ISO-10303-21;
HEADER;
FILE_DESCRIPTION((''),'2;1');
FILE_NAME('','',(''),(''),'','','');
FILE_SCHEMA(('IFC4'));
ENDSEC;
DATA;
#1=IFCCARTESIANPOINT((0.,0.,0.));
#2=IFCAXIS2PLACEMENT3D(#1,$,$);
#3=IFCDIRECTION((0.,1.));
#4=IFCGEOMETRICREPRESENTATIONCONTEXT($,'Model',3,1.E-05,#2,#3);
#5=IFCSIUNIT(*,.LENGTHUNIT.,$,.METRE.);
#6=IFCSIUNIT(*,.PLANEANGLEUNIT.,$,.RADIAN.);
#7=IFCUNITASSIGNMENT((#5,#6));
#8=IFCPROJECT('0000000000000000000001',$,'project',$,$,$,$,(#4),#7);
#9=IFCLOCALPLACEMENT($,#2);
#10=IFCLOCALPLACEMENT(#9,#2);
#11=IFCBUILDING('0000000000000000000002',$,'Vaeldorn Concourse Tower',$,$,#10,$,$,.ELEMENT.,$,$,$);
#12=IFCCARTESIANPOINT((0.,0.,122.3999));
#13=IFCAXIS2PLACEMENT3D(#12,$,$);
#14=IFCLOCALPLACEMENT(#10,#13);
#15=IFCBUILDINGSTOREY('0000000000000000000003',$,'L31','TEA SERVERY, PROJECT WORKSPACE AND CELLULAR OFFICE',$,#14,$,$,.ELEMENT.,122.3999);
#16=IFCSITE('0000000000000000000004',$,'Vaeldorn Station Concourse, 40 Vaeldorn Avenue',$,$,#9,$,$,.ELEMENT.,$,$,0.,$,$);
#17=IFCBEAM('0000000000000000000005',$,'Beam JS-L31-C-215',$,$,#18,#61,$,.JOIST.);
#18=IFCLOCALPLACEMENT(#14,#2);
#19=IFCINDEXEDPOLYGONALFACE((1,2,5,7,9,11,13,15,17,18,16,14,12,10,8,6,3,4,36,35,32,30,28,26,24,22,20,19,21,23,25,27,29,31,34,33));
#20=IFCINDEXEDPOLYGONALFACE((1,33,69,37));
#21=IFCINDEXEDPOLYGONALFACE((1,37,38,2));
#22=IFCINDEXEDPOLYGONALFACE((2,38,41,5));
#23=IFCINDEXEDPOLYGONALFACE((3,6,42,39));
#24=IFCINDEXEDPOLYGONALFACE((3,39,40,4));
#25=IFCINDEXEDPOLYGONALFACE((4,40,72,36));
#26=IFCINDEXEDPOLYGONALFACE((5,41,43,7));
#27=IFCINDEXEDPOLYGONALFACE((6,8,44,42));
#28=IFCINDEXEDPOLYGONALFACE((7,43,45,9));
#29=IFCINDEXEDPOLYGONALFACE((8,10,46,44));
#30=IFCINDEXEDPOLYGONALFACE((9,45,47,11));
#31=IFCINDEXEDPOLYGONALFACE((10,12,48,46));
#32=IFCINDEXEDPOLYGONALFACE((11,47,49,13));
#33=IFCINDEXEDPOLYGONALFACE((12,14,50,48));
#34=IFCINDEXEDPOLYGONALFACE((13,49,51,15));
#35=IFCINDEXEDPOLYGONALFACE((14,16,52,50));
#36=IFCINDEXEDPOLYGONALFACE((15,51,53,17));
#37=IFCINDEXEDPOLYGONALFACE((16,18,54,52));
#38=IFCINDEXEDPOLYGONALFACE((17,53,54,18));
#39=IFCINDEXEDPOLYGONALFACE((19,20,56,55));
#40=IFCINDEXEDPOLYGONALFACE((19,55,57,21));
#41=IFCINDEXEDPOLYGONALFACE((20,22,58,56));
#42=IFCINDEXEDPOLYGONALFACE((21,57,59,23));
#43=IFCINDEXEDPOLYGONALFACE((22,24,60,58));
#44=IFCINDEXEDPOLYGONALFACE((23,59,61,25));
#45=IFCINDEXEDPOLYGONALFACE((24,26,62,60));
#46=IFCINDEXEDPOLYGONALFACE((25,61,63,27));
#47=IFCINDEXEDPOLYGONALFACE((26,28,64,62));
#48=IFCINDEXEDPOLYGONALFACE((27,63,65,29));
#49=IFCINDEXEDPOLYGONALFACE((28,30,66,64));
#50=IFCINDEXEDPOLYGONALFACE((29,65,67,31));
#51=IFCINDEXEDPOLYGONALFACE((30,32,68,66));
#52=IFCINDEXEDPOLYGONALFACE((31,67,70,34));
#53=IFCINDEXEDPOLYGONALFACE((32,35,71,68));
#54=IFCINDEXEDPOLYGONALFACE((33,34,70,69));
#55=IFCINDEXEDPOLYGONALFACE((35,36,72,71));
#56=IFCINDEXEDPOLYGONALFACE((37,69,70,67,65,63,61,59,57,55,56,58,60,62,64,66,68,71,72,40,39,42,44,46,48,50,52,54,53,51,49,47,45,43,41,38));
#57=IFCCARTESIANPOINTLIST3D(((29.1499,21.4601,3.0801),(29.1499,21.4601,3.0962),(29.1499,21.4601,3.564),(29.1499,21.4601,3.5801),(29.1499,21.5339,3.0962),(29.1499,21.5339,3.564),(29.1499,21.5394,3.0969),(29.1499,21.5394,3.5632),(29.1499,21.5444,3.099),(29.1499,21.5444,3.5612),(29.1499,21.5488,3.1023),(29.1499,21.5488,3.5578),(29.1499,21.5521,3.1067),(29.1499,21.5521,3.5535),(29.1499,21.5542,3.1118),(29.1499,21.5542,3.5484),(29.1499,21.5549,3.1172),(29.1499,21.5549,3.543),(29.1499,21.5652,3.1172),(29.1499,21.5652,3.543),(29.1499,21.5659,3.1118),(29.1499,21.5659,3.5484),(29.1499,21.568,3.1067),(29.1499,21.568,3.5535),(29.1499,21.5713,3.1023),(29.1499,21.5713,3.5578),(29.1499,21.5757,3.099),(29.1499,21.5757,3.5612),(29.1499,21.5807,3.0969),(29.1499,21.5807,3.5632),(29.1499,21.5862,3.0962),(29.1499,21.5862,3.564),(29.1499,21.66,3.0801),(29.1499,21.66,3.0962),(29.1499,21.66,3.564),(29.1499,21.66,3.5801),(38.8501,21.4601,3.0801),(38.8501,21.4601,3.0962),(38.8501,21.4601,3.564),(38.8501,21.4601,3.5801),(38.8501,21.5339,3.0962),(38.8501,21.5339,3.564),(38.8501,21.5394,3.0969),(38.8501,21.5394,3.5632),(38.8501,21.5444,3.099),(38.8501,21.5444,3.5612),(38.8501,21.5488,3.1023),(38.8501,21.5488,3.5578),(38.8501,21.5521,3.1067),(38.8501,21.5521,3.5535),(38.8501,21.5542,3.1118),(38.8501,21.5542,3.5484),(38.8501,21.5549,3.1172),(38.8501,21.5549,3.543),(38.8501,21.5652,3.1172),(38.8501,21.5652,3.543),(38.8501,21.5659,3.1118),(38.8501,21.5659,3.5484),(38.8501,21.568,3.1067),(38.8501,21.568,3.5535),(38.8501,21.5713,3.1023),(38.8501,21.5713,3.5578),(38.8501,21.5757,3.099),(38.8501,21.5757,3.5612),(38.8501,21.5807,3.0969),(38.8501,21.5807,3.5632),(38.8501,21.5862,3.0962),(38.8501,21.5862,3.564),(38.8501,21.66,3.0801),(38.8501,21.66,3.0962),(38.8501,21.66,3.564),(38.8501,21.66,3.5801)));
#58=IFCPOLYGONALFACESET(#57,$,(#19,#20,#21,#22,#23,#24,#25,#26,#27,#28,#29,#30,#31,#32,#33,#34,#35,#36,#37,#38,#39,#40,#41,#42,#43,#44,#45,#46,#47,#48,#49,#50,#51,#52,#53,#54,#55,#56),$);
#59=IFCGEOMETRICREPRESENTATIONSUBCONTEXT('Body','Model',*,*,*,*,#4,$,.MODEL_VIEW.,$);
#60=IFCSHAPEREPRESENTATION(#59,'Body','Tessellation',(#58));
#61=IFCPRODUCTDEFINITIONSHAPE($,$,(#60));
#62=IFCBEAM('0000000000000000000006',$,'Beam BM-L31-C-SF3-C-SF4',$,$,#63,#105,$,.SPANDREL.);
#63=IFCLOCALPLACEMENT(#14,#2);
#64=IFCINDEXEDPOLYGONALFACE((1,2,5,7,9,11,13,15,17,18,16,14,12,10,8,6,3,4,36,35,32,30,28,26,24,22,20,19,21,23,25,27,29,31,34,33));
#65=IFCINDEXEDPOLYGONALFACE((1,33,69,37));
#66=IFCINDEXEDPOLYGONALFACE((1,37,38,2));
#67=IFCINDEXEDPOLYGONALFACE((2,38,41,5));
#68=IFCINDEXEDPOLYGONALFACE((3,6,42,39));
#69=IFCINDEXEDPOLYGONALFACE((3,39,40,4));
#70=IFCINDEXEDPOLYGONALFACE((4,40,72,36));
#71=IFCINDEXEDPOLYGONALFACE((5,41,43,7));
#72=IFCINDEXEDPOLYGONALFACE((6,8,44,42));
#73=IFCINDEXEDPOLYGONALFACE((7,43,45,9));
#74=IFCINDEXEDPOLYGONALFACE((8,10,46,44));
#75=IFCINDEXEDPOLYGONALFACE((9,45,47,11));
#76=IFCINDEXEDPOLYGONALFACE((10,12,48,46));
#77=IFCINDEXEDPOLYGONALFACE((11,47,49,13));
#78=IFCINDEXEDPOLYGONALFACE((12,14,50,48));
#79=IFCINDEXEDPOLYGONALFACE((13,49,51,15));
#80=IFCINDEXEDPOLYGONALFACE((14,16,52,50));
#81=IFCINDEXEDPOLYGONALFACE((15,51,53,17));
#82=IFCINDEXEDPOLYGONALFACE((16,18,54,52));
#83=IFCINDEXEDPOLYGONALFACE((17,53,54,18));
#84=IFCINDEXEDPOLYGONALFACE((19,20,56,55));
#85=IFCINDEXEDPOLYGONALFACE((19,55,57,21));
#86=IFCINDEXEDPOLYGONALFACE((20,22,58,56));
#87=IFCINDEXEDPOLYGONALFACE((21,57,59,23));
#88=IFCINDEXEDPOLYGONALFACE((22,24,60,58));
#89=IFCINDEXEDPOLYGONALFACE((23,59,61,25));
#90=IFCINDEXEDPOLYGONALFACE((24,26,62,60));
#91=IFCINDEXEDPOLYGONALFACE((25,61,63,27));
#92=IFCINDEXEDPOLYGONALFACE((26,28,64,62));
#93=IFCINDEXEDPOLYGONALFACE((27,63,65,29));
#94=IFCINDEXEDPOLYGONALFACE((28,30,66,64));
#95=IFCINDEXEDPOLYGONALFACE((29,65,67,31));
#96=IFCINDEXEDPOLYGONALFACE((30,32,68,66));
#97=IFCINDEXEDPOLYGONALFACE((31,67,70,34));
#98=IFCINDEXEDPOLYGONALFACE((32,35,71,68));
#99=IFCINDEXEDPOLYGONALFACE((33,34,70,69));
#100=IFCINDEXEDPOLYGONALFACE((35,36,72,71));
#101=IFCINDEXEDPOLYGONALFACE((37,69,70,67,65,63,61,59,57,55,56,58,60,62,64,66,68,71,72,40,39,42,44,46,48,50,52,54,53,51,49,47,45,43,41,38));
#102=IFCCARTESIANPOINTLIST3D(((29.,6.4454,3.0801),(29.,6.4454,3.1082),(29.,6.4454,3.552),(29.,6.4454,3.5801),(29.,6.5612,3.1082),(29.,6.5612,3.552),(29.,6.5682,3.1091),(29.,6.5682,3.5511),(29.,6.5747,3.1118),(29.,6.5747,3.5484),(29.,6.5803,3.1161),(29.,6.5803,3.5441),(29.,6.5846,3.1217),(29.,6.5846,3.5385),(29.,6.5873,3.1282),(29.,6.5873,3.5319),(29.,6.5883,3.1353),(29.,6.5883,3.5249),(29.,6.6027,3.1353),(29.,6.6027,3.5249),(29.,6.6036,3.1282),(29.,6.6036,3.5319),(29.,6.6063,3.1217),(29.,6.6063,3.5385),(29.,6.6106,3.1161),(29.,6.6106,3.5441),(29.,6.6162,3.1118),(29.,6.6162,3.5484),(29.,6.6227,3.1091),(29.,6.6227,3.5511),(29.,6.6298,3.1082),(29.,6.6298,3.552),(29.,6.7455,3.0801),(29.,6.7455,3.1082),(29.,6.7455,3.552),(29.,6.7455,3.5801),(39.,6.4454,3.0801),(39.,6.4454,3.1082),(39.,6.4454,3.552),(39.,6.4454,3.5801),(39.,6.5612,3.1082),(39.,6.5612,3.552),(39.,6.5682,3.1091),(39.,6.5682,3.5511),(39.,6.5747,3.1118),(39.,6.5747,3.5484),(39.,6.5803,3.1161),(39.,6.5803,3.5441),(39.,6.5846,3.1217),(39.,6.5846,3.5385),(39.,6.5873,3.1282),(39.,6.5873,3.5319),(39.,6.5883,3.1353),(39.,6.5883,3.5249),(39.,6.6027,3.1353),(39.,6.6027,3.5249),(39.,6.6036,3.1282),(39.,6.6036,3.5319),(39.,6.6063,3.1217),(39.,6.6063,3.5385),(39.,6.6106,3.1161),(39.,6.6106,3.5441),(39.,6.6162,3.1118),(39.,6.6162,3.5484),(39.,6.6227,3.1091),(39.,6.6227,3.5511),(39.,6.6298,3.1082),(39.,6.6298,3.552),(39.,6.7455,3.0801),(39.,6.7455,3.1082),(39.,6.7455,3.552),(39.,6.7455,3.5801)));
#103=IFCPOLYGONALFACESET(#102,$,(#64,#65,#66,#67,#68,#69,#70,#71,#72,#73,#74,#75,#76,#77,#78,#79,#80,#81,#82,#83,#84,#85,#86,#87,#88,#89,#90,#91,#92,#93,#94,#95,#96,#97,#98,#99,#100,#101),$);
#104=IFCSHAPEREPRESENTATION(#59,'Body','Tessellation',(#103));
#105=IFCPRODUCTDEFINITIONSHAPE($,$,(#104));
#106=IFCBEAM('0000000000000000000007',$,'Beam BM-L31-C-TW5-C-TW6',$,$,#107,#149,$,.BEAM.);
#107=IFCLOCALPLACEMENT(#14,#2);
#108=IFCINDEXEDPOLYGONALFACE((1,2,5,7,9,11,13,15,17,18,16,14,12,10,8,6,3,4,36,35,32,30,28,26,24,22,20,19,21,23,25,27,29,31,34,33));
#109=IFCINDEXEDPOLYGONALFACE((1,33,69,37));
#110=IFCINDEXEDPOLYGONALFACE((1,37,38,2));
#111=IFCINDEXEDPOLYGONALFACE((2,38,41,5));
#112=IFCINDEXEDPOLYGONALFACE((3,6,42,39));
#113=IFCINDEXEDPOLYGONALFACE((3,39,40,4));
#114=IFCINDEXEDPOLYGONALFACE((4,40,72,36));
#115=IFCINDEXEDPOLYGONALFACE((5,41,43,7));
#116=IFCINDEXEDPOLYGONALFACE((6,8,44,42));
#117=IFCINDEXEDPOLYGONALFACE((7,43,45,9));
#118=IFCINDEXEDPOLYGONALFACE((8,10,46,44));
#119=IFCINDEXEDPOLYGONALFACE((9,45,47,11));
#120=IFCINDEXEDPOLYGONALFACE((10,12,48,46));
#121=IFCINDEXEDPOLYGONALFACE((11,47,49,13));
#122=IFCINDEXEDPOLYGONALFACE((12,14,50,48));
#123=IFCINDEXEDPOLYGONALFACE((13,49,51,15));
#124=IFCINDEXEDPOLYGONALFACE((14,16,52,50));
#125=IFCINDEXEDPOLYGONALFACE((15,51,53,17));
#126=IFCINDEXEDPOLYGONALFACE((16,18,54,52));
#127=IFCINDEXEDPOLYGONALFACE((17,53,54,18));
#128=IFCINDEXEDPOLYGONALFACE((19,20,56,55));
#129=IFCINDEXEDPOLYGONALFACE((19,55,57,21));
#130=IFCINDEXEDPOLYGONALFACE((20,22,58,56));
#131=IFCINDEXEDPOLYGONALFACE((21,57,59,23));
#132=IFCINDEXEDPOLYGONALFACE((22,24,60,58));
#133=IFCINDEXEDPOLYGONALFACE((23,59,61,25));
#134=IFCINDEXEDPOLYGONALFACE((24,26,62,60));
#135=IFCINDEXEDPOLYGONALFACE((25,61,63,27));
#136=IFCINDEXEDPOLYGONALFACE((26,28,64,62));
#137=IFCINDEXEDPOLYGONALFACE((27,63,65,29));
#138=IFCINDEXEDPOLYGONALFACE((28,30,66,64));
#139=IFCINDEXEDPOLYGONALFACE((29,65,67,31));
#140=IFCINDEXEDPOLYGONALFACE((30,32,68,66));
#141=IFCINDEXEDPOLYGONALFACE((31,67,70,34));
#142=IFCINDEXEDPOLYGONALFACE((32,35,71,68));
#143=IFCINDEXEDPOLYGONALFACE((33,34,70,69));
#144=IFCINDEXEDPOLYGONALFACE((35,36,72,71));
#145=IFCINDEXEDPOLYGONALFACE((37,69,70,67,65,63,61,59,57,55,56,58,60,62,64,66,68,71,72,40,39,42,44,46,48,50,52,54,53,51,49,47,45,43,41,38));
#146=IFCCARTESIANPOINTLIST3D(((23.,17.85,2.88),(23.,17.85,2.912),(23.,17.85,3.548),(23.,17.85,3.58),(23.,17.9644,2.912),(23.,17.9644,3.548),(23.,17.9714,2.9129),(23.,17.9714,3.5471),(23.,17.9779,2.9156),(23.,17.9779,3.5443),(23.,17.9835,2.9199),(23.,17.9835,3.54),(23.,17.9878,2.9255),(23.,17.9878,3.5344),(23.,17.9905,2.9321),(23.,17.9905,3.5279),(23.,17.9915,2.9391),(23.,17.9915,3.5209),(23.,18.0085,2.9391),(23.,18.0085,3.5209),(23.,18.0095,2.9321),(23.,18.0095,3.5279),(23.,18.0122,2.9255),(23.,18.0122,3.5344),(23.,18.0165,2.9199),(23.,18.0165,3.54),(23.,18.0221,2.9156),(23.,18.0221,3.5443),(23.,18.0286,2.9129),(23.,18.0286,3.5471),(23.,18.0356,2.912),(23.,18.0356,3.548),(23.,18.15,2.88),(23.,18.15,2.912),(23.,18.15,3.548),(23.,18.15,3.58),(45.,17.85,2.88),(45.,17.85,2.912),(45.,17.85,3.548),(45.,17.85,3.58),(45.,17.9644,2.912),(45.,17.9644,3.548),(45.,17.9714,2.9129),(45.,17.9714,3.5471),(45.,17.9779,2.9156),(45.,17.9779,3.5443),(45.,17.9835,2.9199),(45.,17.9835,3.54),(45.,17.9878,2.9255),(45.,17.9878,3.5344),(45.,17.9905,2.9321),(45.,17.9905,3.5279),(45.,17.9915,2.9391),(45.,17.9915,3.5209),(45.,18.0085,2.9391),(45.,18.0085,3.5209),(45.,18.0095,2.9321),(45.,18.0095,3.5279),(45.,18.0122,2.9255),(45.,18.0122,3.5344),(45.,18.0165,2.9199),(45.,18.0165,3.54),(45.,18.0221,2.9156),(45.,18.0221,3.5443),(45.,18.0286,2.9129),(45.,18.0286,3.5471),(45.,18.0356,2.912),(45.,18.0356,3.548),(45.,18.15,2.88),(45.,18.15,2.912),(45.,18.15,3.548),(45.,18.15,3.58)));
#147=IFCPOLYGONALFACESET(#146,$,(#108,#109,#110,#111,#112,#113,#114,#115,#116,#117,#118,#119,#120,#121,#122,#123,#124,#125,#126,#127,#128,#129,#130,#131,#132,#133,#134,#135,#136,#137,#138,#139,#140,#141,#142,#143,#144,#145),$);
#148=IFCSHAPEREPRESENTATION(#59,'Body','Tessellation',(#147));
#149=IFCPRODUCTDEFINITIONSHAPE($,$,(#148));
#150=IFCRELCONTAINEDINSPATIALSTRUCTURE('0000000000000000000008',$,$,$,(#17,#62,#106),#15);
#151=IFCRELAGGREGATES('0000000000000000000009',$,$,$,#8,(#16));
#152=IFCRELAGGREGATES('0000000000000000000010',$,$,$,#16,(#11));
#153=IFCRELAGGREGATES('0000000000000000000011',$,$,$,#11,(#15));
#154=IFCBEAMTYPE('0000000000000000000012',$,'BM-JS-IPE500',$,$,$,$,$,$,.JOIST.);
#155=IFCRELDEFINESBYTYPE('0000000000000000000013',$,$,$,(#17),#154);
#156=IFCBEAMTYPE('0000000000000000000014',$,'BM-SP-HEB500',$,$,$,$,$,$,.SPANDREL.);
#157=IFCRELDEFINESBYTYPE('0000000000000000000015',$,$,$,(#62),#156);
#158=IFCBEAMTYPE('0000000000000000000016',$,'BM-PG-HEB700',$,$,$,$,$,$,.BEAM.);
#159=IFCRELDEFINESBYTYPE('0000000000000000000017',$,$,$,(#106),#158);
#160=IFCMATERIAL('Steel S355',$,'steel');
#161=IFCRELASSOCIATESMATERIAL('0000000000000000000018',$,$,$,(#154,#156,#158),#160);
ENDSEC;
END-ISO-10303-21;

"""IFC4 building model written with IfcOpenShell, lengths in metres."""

from ifc_helpers import new_model, si_unit, direction, frame, origin, origin_2d, place, context, subcontext, project, spatial, i_section, extrude, source, transform, mapped, material, material_profile, profile_set, type_object, element, save


model = new_model("IFC4")

# Units and contexts
model_context = context("Model", 3, precision=1e-05, world=origin(), true_north=direction((0.0, 1.0)))
body_context = subcontext(model_context, "Body", "Model", "MODEL_VIEW")
ifc_project = project(units=[si_unit("LENGTHUNIT", "METRE"), si_unit("PLANEANGLEUNIT", "RADIAN")], contexts=[model_context])

# Site, building, storey
site_placement = place(None, origin())
site = spatial("IfcSite", under=ifc_project, at=site_placement, Name="Vaeldorn Station Concourse, 40 Vaeldorn Avenue", CompositionType="ELEMENT", RefElevation=0.0)
building_placement = place(site_placement, origin())
building = spatial("IfcBuilding", under=site, at=building_placement, Name="Vaeldorn Concourse Tower", CompositionType="ELEMENT")
storey_placement = place(building_placement, frame((0.0, 0.0, 122.3999)))
storey = spatial("IfcBuildingStorey", under=building, at=storey_placement, Name="L31", Description="TEA SERVERY, PROJECT WORKSPACE AND CELLULAR OFFICE", CompositionType="ELEMENT", Elevation=122.3999)

# Beams
ifc_material_1 = material(Name="Steel S355", Category="steel")
ifc_material_profile_1 = material_profile(ifc_material_1, i_section(OverallWidth=0.2, OverallDepth=0.5, WebThickness=0.0103, FlangeThickness=0.0161, FilletRadius=0.021, at=origin_2d()), Name="IPE 500")
ifc_profile_set_1 = profile_set([ifc_material_profile_1], Name="Steel S355")
beam_type_1 = type_object("IfcBeamType", Name="BM-JS-IPE500", PredefinedType="JOIST", material=ifc_profile_set_1)
shared_shape_1 = source(origin(), body_context, "Body", "SweptSolid", [
    extrude(i_section(OverallWidth=0.2, OverallDepth=0.5, WebThickness=0.0103, FlangeThickness=0.0161, FilletRadius=0.021, at=origin_2d()), origin(), (0.0, 0.0, 1.0), 9.7002),
])
beam_1_placement = place(storey_placement, frame((29.1499, 21.5601, 3.3301), z_axis=(1.0, 0.0, 0.0), x_axis=(0.0, 1.0, 0.0)))
element("IfcBeam", 1, at=beam_1_placement, inside=storey, type_object=beam_type_1, Name="Beam JS-L31-C-215", PredefinedType="JOIST", context=body_context, shape_type="MappedRepresentation", body=[
    mapped(shared_shape_1, transform((0.0, 0.0, 0.0), scale=1.0)),
])
ifc_material_profile_2 = material_profile(ifc_material_1, i_section(OverallWidth=0.3, OverallDepth=0.5, WebThickness=0.0144, FlangeThickness=0.0281, FilletRadius=0.0271, at=origin_2d()), Name="HEB 500")
ifc_profile_set_2 = profile_set([ifc_material_profile_2], Name="Steel S355")
beam_type_2 = type_object("IfcBeamType", Name="BM-SP-HEB500", PredefinedType="SPANDREL", material=ifc_profile_set_2)
shared_shape_2 = source(origin(), body_context, "Body", "SweptSolid", [
    extrude(i_section(OverallWidth=0.3, OverallDepth=0.5, WebThickness=0.0144, FlangeThickness=0.0281, FilletRadius=0.0271, at=origin_2d()), origin(), (0.0, 0.0, 1.0), 10.0),
])
beam_2_placement = place(storey_placement, frame((29.0, 6.5955, 3.3301), z_axis=(1.0, 0.0, 0.0), x_axis=(0.0, 1.0, 0.0)))
element("IfcBeam", 2, at=beam_2_placement, inside=storey, type_object=beam_type_2, Name="Beam BM-L31-C-SF3-C-SF4", PredefinedType="SPANDREL", context=body_context, shape_type="MappedRepresentation", body=[
    mapped(shared_shape_2, transform((0.0, 0.0, 0.0), scale=1.0)),
])
ifc_material_profile_3 = material_profile(ifc_material_1, i_section(OverallWidth=0.3, OverallDepth=0.7, WebThickness=0.0171, FlangeThickness=0.032, FilletRadius=0.0271, at=origin_2d()), Name="HEB 700")
ifc_profile_set_3 = profile_set([ifc_material_profile_3], Name="Steel S355")
beam_type_3 = type_object("IfcBeamType", Name="BM-PG-HEB700", PredefinedType="BEAM", material=ifc_profile_set_3)
shared_shape_3 = source(origin(), body_context, "Body", "SweptSolid", [
    extrude(i_section(OverallWidth=0.3, OverallDepth=0.7, WebThickness=0.0171, FlangeThickness=0.032, FilletRadius=0.0271, at=origin_2d()), origin(), (0.0, 0.0, 1.0), 22.0),
])
beam_3_placement = place(storey_placement, frame((23.0, 18.0, 3.23), z_axis=(1.0, 0.0, 0.0), x_axis=(0.0, 1.0, 0.0)))
element("IfcBeam", 3, at=beam_3_placement, inside=storey, type_object=beam_type_3, Name="Beam BM-L31-C-TW5-C-TW6", PredefinedType="BEAM", context=body_context, shape_type="MappedRepresentation", body=[
    mapped(shared_shape_3, transform((0.0, 0.0, 0.0), scale=1.0)),
])

save(model, "model.ifc")
